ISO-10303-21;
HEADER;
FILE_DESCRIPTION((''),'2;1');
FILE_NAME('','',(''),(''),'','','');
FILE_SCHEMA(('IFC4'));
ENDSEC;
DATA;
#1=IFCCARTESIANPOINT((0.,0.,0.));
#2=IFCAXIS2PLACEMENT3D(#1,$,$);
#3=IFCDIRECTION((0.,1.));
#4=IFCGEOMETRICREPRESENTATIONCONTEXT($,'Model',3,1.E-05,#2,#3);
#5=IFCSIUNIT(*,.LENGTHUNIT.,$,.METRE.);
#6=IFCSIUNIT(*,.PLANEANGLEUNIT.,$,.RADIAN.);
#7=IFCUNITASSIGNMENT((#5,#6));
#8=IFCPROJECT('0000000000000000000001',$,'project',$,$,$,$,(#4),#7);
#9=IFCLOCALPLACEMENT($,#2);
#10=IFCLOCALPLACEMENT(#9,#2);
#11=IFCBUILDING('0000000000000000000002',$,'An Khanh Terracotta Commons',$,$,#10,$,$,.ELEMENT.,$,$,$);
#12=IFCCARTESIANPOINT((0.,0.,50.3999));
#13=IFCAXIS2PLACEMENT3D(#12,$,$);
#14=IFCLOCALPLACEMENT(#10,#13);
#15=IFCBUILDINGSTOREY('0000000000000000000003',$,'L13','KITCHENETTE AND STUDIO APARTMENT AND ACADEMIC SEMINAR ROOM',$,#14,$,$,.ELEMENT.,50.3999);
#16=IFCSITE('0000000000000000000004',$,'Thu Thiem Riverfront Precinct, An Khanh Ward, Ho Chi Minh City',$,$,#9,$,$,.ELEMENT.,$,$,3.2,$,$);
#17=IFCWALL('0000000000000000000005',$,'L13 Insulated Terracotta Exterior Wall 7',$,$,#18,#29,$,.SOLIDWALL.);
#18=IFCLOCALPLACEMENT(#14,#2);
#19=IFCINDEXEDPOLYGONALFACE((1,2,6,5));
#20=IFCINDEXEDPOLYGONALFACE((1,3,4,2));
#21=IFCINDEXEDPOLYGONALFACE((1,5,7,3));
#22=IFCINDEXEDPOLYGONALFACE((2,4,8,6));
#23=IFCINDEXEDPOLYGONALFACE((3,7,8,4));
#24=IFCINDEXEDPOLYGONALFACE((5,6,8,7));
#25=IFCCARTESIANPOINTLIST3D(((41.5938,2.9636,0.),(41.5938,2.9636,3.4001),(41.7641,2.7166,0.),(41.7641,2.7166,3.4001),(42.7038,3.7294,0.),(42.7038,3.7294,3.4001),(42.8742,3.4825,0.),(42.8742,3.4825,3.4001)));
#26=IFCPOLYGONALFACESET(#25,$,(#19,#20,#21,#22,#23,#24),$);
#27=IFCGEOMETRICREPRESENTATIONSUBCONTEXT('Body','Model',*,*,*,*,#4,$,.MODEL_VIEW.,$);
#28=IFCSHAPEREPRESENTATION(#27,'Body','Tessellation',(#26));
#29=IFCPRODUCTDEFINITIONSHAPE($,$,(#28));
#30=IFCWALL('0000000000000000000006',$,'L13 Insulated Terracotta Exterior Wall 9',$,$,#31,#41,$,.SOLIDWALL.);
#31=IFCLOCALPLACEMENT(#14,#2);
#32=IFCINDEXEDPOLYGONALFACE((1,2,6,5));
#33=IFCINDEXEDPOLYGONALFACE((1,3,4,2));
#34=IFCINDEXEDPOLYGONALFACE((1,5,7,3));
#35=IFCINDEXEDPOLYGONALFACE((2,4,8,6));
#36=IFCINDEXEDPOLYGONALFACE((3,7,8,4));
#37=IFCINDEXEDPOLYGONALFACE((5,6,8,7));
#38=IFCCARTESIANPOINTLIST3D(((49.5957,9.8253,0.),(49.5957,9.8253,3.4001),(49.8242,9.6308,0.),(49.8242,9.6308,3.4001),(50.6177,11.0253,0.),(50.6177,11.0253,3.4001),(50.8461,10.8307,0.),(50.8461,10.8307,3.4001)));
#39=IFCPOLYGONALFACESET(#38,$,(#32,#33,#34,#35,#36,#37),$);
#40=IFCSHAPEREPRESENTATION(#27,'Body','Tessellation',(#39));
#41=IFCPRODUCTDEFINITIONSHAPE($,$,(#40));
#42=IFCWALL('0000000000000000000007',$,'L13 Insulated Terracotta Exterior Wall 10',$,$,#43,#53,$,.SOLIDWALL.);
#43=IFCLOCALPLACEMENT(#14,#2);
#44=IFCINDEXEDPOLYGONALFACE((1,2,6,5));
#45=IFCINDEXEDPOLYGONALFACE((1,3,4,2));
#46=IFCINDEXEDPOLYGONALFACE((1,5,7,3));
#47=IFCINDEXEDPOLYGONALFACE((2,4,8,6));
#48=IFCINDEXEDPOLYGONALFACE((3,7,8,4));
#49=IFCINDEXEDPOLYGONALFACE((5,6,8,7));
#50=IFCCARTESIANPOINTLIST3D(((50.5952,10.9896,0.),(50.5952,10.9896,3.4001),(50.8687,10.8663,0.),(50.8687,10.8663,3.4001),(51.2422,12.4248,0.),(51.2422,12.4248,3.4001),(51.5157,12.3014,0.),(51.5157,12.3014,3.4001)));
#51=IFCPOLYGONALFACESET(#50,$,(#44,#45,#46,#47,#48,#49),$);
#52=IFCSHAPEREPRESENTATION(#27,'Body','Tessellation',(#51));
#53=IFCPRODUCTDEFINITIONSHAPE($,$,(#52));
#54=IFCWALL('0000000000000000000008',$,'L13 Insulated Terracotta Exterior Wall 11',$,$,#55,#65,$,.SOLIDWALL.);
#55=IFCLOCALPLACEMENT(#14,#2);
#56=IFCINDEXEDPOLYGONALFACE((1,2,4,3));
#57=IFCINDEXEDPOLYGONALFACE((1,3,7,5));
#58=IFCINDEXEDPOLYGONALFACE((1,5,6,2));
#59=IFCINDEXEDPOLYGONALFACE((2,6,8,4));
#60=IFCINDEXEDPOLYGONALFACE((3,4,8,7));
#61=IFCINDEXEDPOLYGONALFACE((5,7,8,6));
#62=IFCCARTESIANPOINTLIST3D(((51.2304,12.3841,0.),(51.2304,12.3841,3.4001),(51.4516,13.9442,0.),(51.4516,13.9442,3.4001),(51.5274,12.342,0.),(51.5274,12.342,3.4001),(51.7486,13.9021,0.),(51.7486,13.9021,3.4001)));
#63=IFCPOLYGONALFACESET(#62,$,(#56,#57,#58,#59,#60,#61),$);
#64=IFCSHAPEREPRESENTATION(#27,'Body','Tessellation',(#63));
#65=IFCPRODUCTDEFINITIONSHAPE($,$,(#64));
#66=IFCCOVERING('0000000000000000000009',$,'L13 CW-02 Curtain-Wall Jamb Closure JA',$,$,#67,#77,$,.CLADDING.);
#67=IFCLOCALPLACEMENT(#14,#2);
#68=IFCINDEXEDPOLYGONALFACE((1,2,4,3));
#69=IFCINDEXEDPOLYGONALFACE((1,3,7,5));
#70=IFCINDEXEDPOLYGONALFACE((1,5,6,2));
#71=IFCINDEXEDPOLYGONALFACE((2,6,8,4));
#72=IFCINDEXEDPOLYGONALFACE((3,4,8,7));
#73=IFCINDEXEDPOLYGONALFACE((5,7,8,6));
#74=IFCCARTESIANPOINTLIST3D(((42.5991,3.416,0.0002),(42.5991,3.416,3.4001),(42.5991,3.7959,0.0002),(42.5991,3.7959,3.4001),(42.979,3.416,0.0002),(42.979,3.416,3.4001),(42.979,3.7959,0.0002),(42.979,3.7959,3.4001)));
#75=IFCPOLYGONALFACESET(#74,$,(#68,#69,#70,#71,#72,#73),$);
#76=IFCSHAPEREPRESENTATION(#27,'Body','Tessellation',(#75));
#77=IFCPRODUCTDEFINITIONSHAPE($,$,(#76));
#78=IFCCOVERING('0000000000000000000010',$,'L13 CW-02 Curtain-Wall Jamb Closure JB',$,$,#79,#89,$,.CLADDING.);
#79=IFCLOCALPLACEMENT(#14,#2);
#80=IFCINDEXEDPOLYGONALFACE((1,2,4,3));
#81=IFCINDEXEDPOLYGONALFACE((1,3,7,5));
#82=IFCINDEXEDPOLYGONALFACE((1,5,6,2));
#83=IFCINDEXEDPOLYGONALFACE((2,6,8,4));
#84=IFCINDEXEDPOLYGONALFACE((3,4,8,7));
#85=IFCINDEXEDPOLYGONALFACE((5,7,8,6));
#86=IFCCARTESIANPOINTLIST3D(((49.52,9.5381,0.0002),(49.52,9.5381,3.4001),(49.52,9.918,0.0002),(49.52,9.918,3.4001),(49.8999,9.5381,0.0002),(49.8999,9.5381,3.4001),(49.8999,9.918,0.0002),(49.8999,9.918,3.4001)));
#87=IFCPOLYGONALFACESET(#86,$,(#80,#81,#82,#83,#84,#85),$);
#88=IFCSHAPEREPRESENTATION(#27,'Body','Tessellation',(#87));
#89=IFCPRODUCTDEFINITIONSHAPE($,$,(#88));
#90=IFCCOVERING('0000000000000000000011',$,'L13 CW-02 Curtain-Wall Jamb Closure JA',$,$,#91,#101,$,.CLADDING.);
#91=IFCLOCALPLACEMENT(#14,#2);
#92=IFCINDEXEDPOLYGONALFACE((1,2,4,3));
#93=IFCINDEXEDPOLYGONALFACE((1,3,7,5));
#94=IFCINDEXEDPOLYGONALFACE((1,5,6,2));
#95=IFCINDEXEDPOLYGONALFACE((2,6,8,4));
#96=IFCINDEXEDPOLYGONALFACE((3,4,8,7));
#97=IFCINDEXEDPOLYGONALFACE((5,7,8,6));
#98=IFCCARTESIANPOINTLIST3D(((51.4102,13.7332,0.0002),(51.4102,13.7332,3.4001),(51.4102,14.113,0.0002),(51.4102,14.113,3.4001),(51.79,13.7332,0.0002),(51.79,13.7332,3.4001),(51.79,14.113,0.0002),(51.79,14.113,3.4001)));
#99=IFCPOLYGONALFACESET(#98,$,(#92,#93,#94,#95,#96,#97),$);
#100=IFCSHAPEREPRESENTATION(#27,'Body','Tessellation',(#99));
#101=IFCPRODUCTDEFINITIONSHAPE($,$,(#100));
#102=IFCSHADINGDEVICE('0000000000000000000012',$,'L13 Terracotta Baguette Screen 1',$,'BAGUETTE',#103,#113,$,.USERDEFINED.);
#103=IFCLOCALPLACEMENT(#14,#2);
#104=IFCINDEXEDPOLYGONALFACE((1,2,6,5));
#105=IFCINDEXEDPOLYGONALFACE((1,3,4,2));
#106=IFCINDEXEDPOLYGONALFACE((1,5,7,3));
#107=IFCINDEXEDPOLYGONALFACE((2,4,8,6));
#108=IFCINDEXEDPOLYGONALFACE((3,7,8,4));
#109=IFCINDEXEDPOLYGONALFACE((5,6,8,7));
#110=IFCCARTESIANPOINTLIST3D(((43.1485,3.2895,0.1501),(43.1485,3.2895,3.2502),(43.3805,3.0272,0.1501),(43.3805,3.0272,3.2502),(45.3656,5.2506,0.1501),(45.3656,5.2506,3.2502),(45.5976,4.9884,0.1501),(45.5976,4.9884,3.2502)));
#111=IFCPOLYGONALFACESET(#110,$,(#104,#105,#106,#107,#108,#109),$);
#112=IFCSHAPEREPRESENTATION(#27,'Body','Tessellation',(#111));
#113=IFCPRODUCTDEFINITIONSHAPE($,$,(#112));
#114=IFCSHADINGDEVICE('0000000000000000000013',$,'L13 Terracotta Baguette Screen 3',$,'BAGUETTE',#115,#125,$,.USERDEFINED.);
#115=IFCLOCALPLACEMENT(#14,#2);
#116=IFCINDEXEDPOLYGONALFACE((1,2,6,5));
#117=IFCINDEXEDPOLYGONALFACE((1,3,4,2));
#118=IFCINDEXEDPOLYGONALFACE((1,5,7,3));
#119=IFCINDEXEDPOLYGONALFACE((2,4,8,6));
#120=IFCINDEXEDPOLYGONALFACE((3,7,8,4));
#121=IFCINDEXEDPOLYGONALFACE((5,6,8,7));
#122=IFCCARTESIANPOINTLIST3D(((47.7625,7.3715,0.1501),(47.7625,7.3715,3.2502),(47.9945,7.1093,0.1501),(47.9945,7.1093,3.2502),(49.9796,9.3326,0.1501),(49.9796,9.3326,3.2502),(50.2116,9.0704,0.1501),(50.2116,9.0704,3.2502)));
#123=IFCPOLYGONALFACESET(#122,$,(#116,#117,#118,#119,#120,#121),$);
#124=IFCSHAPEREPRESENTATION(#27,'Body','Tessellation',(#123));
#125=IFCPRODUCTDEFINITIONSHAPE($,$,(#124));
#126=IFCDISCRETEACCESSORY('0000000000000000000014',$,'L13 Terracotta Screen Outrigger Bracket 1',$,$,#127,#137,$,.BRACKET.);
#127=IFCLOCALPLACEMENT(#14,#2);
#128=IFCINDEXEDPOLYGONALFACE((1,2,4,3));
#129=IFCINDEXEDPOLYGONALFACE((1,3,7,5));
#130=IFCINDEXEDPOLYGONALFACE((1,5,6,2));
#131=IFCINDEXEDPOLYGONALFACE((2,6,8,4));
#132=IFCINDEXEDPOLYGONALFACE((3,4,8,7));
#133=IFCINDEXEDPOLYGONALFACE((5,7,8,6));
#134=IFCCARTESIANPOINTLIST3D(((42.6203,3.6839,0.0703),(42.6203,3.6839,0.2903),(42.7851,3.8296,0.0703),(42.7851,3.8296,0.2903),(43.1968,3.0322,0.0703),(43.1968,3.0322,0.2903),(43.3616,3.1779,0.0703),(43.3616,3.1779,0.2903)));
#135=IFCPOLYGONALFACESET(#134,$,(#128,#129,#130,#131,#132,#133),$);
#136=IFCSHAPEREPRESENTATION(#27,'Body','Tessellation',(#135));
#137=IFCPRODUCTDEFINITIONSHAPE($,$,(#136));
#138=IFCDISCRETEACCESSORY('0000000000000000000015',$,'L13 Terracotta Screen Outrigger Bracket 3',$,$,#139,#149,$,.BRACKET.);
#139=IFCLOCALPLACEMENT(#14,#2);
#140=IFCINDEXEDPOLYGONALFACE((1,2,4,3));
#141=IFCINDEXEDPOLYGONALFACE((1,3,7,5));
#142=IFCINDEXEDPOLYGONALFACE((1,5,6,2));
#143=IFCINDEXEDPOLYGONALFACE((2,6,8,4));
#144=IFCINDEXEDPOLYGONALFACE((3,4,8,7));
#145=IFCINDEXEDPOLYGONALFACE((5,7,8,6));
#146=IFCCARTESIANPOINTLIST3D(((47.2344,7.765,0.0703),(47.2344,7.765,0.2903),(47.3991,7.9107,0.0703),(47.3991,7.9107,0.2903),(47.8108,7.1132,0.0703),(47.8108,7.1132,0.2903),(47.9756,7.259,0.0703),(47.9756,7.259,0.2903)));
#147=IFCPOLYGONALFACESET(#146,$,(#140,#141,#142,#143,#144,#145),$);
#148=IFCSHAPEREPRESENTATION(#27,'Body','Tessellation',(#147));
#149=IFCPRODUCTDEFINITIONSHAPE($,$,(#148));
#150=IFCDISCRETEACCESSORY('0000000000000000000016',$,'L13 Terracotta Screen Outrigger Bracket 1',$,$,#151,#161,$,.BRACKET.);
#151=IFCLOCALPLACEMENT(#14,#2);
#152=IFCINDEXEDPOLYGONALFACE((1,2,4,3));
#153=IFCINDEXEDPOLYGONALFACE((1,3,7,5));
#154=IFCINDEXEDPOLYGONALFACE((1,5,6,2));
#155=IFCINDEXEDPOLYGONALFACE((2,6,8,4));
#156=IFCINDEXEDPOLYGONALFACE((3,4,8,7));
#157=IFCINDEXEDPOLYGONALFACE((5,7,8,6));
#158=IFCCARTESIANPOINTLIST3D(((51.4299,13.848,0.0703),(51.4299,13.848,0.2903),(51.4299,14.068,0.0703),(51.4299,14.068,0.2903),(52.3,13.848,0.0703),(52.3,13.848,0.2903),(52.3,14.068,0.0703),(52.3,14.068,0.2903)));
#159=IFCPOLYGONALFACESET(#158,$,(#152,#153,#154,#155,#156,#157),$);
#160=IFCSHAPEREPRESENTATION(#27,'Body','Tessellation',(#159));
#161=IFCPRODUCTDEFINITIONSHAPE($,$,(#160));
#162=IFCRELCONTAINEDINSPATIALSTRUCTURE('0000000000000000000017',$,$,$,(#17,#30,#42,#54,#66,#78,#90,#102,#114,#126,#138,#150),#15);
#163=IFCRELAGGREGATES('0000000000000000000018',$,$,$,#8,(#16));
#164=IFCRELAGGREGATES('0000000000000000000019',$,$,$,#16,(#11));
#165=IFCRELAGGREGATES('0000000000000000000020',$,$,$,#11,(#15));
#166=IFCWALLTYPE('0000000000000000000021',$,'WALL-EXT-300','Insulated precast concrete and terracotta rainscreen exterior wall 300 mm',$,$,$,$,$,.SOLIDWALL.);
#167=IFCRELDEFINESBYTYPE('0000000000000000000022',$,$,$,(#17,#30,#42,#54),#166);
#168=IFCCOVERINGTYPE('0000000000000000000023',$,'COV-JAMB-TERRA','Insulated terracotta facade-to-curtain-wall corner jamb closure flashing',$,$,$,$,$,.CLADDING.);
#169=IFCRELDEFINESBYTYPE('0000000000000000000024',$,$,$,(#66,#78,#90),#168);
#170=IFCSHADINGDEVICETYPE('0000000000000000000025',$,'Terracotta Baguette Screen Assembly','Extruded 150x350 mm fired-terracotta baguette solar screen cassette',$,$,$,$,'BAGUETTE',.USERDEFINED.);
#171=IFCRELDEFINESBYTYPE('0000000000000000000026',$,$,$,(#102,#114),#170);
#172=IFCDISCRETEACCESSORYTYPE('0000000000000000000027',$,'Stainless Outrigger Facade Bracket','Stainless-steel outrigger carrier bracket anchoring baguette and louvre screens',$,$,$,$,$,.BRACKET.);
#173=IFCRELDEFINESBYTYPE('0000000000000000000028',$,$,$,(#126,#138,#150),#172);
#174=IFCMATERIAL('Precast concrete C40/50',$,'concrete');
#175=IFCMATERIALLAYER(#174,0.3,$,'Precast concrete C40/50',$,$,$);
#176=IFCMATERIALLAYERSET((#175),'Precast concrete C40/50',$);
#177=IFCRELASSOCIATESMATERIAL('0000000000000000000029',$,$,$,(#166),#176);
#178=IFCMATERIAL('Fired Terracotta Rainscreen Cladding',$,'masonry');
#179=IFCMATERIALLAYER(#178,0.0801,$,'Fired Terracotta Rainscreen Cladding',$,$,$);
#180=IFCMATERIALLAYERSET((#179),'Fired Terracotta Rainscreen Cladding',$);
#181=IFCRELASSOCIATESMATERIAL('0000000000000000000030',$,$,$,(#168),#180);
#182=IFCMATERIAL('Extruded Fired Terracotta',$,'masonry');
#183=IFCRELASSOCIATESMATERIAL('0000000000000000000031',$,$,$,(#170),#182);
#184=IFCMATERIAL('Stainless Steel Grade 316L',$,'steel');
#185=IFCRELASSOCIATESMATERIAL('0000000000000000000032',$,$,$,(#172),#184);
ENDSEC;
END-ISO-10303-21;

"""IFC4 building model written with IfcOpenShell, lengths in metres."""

from ifc_helpers import new_model, si_unit, direction, frame, frame_2d, origin, origin_2d, place, context, subcontext, project, spatial, rectangle, extrude, material, layer, layer_set, type_object, element, save


model = new_model("IFC4")

# Units and contexts
model_context = context("Model", 3, precision=1e-05, world=origin(), true_north=direction((0.0, 1.0)))
body_context = subcontext(model_context, "Body", "Model", "MODEL_VIEW")
ifc_project = project(units=[si_unit("LENGTHUNIT", "METRE"), si_unit("PLANEANGLEUNIT", "RADIAN")], contexts=[model_context])

# Site, building, storey
site_placement = place(None, origin())
site = spatial("IfcSite", under=ifc_project, at=site_placement, Name="Thu Thiem Riverfront Precinct, An Khanh Ward, Ho Chi Minh City", CompositionType="ELEMENT", RefElevation=3.2)
building_placement = place(site_placement, origin())
building = spatial("IfcBuilding", under=site, at=building_placement, Name="An Khanh Terracotta Commons", CompositionType="ELEMENT")
storey_placement = place(building_placement, frame((0.0, 0.0, 50.3999)))
storey = spatial("IfcBuildingStorey", under=building, at=storey_placement, Name="L13", Description="KITCHENETTE AND STUDIO APARTMENT AND ACADEMIC SEMINAR ROOM", CompositionType="ELEMENT", Elevation=50.3999)

# Walls
ifc_material_1 = material(Name="Precast concrete C40/50", Category="concrete")
ifc_layer_1 = layer(ifc_material_1, 0.3, Name="Precast concrete C40/50")
ifc_layer_set_1 = layer_set([ifc_layer_1], Name="Precast concrete C40/50")
wall_type_1 = type_object("IfcWallType", Name="WALL-EXT-300", Description="Insulated precast concrete and terracotta rainscreen exterior wall 300 mm", PredefinedType="SOLIDWALL", material=ifc_layer_set_1)
wall_1_placement = place(storey_placement, frame((41.679, 2.8401, 0.0), z_axis=(0.0, 0.0, 1.0), x_axis=(0.823117, 0.567873, 0.0)))
element("IfcWall", 1, at=wall_1_placement, inside=storey, type_object=wall_type_1, Name="L13 Insulated Terracotta Exterior Wall 7", PredefinedType="SOLIDWALL", context=body_context, shape_type="SweptSolid", body=[
    extrude(rectangle(XDim=1.3486, YDim=0.3, at=frame_2d((0.6743, 0.0))), origin(), (0.0, 0.0, 1.0), 3.4001),
])
wall_2_placement = place(storey_placement, frame((49.71, 9.728, 0.0), z_axis=(0.0, 0.0, 1.0), x_axis=(0.64839, 0.761308, 0.0)))
element("IfcWall", 2, at=wall_2_placement, inside=storey, type_object=wall_type_1, Name="L13 Insulated Terracotta Exterior Wall 9", PredefinedType="SOLIDWALL", context=body_context, shape_type="SweptSolid", body=[
    extrude(rectangle(XDim=1.5762, YDim=0.3, at=frame_2d((0.7881, 0.0))), origin(), (0.0, 0.0, 1.0), 3.4001),
])
wall_3_placement = place(storey_placement, frame((50.7319, 10.928, 0.0), z_axis=(0.0, 0.0, 1.0), x_axis=(0.410997, 0.911637, 0.0)))
element("IfcWall", 3, at=wall_3_placement, inside=storey, type_object=wall_type_1, Name="L13 Insulated Terracotta Exterior Wall 10", PredefinedType="SOLIDWALL", context=body_context, shape_type="SweptSolid", body=[
    extrude(rectangle(XDim=1.5742, YDim=0.3, at=frame_2d((0.7871, 0.0))), origin(), (0.0, 0.0, 1.0), 3.4001),
])
wall_4_placement = place(storey_placement, frame((51.3789, 12.363, 0.0), z_axis=(0.0, 0.0, 1.0), x_axis=(0.14038, 0.990098, 0.0)))
element("IfcWall", 4, at=wall_4_placement, inside=storey, type_object=wall_type_1, Name="L13 Insulated Terracotta Exterior Wall 11", PredefinedType="SOLIDWALL", context=body_context, shape_type="SweptSolid", body=[
    extrude(rectangle(XDim=1.5757, YDim=0.3, at=frame_2d((0.7878, 0.0))), origin(), (0.0, 0.0, 1.0), 3.4001),
])

# Coverings
ifc_material_2 = material(Name="Fired Terracotta Rainscreen Cladding", Category="masonry")
ifc_layer_2 = layer(ifc_material_2, 0.0801, Name="Fired Terracotta Rainscreen Cladding")
ifc_layer_set_2 = layer_set([ifc_layer_2], Name="Fired Terracotta Rainscreen Cladding")
covering_type = type_object("IfcCoveringType", Name="COV-JAMB-TERRA", Description="Insulated terracotta facade-to-curtain-wall corner jamb closure flashing", PredefinedType="CLADDING", material=ifc_layer_set_2)
for number, where, z_axis, x_axis, name in (
    (5, (42.7891, 3.606, 0.0002), (0.0, 0.0, 1.0), (1.0, 0.0, 0.0), "L13 CW-02 Curtain-Wall Jamb Closure JA"),
    (6, (49.71, 9.728, 0.0002), (0.0, 0.0, 1.0), (1.0, 0.0, 0.0), "L13 CW-02 Curtain-Wall Jamb Closure JB"),
    (7, (51.6001, 13.9231, 0.0002), (0.0, 0.0, 1.0), (1.0, 0.0, 0.0), "L13 CW-02 Curtain-Wall Jamb Closure JA"),
):
    element("IfcCovering", number, at=place(storey_placement, frame(where, z_axis=z_axis, x_axis=x_axis)), inside=storey, type_object=covering_type, Name=name, PredefinedType="CLADDING", context=body_context, shape_type="SweptSolid", body=[
        extrude(rectangle(XDim=0.3799, YDim=0.3799, at=origin_2d()), origin(), (0.0, 0.0, 1.0), 3.3999),
    ])

# Shading devices
ifc_material_3 = material(Name="Extruded Fired Terracotta", Category="masonry")
shading_device_type = type_object("IfcShadingDeviceType", Name="Terracotta Baguette Screen Assembly", Description="Extruded 150x350 mm fired-terracotta baguette solar screen cassette", ElementType="BAGUETTE", PredefinedType="USERDEFINED", material=ifc_material_3)
for number, where, z_axis, x_axis, name in (
    (8, (44.373, 4.1389, 0.1501), (0.0, 0.0, 1.0), (0.749019, 0.662548, 0.0), "L13 Terracotta Baguette Screen 1"),
    (9, (48.9871, 8.2209, 0.1501), (0.0, 0.0, 1.0), (0.749019, 0.662548, 0.0), "L13 Terracotta Baguette Screen 3"),
):
    element("IfcShadingDevice", number, at=place(storey_placement, frame(where, z_axis=z_axis, x_axis=x_axis)), inside=storey, type_object=shading_device_type, Name=name, ObjectType="BAGUETTE", PredefinedType="USERDEFINED", context=body_context, shape_type="SweptSolid", body=[
        extrude(rectangle(XDim=2.96, YDim=0.3501, at=origin_2d()), origin(), (0.0, 0.0, 1.0), 3.1001),
    ])

# Discrete accessories
ifc_material_4 = material(Name="Stainless Steel Grade 316L", Category="steel")
discrete_accessory_type = type_object("IfcDiscreteAccessoryType", Name="Stainless Outrigger Facade Bracket", Description="Stainless-steel outrigger carrier bracket anchoring baguette and louvre screens", PredefinedType="BRACKET", material=ifc_material_4)
for number, where, z_axis, x_axis, name in (
    (10, (42.991, 3.4309, 0.0703), (0.0, 0.0, 1.0), (0.749019, 0.662548, 0.0), "L13 Terracotta Screen Outrigger Bracket 1"),
    (11, (47.605, 7.512, 0.0703), (0.0, 0.0, 1.0), (0.749019, 0.662548, 0.0), "L13 Terracotta Screen Outrigger Bracket 3"),
    (12, (51.865, 13.958, 0.0703), (0.0, 0.0, 1.0), (0.0, 1.0, 0.0), "L13 Terracotta Screen Outrigger Bracket 1"),
):
    element("IfcDiscreteAccessory", number, at=place(storey_placement, frame(where, z_axis=z_axis, x_axis=x_axis)), inside=storey, type_object=discrete_accessory_type, Name=name, PredefinedType="BRACKET", context=body_context, shape_type="SweptSolid", body=[
        extrude(rectangle(XDim=0.22, YDim=0.8701, at=origin_2d()), origin(), (0.0, 0.0, 1.0), 0.22),
    ])

save(model, "model.ifc")
